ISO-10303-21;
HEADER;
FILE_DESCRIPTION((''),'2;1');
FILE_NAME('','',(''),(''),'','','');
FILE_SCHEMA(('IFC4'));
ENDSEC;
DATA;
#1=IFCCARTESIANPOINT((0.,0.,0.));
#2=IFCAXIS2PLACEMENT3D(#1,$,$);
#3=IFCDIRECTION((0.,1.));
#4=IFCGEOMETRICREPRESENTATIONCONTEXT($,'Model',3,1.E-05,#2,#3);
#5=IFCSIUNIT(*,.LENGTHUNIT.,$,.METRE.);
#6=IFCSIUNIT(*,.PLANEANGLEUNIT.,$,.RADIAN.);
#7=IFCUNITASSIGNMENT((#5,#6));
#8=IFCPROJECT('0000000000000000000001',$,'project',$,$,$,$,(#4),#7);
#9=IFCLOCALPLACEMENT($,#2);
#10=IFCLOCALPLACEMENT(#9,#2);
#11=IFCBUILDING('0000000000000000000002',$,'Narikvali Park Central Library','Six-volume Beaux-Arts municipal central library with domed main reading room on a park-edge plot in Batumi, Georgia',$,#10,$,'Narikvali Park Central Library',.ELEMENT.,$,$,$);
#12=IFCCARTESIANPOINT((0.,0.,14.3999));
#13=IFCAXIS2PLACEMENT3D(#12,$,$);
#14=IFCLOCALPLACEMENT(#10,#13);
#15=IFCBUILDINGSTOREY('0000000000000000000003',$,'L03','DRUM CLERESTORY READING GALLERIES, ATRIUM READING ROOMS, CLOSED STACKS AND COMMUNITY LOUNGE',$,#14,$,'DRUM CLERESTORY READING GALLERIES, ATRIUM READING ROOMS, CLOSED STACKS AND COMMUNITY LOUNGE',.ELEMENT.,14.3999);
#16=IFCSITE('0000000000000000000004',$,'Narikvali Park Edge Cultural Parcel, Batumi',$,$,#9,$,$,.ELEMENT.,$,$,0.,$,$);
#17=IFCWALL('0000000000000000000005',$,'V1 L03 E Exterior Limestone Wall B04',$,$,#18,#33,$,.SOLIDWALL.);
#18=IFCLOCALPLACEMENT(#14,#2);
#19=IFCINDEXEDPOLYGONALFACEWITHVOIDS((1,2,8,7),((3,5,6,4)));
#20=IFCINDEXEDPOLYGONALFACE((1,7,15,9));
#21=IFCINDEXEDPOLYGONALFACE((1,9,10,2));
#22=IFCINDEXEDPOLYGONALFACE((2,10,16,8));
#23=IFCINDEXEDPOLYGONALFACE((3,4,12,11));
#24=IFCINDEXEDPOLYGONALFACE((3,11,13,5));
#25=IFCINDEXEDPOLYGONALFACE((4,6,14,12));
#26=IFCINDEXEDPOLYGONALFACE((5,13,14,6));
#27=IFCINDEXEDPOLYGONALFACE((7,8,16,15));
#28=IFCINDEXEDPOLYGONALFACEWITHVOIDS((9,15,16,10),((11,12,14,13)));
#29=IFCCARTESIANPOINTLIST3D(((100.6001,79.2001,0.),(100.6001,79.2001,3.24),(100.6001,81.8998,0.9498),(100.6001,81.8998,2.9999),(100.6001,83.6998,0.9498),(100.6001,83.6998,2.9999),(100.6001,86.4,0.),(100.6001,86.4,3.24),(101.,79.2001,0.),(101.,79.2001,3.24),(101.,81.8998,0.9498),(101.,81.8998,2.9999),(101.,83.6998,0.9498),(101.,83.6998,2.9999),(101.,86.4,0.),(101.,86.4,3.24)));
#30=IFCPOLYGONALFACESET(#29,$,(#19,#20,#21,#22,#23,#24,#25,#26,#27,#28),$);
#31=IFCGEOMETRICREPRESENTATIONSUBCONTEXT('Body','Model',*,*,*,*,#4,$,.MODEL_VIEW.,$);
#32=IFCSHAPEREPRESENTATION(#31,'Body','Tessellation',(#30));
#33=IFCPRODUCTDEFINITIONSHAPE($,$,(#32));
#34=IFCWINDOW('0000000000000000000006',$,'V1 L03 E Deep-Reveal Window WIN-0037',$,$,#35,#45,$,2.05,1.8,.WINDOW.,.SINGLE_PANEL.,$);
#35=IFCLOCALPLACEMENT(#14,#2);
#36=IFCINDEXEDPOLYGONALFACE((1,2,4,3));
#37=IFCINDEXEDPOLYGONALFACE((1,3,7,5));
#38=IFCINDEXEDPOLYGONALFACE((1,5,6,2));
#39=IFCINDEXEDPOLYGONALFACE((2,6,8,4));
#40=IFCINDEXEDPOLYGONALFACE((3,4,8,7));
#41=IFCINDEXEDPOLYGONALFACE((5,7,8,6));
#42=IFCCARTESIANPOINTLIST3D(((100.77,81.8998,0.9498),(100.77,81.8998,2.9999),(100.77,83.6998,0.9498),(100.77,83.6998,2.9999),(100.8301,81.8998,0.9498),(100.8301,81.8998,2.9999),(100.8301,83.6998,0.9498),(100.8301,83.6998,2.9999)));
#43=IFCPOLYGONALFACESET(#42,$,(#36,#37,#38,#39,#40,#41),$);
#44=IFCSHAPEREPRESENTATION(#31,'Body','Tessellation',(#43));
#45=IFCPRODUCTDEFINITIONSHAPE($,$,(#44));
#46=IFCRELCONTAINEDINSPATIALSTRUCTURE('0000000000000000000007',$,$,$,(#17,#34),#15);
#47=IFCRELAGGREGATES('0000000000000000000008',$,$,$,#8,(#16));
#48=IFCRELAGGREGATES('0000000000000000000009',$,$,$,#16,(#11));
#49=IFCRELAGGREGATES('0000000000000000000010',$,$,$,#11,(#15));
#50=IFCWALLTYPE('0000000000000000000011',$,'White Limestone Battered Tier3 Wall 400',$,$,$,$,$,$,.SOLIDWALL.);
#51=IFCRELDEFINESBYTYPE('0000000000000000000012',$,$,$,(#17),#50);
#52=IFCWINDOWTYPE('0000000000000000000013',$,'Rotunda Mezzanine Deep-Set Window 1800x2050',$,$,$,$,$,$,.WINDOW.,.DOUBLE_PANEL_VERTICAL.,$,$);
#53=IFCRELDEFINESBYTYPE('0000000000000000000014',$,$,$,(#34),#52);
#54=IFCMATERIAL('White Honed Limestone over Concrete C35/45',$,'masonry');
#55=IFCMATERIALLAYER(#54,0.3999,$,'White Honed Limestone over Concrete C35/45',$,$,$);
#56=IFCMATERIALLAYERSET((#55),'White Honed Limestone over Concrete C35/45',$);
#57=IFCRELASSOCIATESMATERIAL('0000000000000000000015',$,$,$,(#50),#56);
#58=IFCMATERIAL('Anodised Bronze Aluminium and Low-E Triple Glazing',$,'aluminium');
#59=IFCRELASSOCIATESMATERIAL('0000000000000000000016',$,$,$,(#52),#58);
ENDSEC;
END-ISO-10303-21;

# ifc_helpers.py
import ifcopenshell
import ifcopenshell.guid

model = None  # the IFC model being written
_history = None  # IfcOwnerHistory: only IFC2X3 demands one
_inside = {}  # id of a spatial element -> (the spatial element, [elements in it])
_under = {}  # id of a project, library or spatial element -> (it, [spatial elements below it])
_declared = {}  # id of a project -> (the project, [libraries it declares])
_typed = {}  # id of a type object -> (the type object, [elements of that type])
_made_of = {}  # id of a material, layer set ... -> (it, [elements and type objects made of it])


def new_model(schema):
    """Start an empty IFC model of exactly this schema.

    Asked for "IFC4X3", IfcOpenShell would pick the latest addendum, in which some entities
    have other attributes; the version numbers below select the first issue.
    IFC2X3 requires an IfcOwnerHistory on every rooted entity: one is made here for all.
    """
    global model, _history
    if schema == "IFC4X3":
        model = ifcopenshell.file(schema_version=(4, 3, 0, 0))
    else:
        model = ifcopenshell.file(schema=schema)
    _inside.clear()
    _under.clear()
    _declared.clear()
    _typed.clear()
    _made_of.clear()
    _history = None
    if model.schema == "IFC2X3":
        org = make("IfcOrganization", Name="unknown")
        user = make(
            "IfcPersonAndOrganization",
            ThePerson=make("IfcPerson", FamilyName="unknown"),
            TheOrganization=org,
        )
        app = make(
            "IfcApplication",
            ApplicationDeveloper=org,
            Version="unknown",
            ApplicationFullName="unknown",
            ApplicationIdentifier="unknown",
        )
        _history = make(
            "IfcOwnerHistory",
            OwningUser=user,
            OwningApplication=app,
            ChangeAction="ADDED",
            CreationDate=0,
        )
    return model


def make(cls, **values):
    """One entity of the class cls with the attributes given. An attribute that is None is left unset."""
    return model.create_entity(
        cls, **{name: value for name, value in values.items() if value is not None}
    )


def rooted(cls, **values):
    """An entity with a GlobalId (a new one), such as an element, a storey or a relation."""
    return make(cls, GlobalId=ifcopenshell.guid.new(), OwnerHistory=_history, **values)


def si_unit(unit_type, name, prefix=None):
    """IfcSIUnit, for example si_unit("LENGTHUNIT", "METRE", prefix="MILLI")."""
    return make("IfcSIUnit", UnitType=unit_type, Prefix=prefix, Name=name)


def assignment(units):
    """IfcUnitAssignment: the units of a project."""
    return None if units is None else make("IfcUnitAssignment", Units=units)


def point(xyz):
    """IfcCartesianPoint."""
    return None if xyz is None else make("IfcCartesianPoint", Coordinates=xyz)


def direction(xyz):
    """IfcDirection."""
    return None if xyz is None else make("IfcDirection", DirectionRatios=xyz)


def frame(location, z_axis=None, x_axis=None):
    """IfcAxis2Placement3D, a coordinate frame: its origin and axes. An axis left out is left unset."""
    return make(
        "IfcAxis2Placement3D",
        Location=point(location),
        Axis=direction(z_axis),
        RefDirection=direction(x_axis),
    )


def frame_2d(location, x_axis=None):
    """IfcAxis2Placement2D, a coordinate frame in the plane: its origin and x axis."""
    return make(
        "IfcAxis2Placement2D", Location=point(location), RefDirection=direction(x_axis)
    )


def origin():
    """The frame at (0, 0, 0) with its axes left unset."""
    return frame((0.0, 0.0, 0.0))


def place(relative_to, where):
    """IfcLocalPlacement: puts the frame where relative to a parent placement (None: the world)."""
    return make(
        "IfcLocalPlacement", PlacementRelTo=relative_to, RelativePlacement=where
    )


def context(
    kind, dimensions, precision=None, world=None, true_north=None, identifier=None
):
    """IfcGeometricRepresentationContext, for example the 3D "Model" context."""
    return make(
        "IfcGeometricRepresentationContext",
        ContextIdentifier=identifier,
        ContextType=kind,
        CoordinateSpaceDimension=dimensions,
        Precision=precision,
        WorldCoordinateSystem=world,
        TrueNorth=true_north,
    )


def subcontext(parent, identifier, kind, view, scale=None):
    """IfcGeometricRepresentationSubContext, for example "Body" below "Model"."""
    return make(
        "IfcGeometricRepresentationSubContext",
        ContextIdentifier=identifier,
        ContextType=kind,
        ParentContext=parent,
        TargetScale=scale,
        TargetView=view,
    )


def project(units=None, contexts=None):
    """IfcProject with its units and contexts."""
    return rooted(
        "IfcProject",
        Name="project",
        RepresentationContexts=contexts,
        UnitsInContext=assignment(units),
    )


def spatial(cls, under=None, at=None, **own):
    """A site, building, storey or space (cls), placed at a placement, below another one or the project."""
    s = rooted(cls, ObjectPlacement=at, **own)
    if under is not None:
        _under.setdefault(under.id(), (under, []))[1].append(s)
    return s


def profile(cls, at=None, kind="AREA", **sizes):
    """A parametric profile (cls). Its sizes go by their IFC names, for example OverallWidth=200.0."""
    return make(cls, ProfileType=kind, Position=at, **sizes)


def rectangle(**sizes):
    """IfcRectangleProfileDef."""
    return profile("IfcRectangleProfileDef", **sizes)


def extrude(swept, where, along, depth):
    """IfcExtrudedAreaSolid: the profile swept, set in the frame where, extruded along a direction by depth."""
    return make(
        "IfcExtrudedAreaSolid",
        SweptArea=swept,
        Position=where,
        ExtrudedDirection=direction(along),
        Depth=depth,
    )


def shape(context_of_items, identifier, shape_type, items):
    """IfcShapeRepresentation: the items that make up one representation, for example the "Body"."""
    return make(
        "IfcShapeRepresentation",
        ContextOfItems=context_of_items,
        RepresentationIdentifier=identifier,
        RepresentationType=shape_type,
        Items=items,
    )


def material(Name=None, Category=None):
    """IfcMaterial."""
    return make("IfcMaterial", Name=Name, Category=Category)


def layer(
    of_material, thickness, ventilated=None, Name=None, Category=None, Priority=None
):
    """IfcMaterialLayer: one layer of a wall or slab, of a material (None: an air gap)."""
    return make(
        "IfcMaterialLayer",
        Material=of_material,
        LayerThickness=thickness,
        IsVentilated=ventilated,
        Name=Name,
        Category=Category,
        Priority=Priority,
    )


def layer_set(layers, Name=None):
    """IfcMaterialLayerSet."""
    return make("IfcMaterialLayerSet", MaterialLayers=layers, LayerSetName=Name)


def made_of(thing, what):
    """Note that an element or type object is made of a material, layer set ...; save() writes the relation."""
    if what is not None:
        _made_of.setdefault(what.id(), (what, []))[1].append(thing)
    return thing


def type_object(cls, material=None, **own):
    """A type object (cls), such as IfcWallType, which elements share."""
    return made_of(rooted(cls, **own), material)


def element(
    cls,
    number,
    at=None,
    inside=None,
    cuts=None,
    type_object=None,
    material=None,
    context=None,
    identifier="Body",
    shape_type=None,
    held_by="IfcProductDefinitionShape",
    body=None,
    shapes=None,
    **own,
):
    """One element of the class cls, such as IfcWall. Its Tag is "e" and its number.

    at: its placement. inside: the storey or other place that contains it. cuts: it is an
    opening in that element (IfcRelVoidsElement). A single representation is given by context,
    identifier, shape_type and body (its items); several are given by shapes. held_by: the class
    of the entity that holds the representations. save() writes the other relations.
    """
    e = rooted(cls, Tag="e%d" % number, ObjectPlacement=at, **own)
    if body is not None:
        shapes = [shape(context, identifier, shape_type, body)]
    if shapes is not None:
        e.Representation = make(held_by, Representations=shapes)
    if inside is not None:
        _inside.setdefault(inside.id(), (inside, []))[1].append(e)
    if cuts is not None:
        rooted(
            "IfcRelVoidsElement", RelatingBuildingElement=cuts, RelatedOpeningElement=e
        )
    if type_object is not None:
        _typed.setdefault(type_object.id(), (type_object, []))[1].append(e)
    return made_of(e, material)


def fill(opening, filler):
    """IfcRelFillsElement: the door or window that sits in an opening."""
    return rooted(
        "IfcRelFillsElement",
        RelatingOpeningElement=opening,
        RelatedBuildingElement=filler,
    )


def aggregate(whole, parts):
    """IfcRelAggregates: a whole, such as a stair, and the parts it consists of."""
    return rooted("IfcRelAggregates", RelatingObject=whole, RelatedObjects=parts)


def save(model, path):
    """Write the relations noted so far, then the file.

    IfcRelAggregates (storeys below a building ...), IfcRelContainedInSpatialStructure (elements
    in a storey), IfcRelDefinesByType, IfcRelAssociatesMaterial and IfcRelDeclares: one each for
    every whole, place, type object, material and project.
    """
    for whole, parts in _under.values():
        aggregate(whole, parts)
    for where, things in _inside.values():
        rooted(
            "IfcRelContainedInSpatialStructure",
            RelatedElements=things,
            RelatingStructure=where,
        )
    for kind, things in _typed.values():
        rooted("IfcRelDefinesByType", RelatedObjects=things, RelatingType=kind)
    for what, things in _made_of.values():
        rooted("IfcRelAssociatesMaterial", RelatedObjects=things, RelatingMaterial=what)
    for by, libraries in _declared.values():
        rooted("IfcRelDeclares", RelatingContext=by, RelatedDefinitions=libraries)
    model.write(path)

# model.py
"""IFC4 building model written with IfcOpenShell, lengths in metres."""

from ifc_helpers import new_model, si_unit, direction, frame, frame_2d, origin, place, context, subcontext, project, spatial, rectangle, extrude, material, layer, layer_set, type_object, element, fill, save


model = new_model("IFC4")

# Units and contexts
model_context = context("Model", 3, precision=1e-05, world=origin(), true_north=direction((0.0, 1.0)))
body_context = subcontext(model_context, "Body", "Model", "MODEL_VIEW")
ifc_project = project(units=[si_unit("LENGTHUNIT", "METRE"), si_unit("PLANEANGLEUNIT", "RADIAN")], contexts=[model_context])

# Site, building, storey
site_placement = place(None, origin())
site = spatial("IfcSite", under=ifc_project, at=site_placement, Name="Narikvali Park Edge Cultural Parcel, Batumi", CompositionType="ELEMENT", RefElevation=0.0)
building_placement = place(site_placement, origin())
building = spatial("IfcBuilding", under=site, at=building_placement, Name="Narikvali Park Central Library", Description="Six-volume Beaux-Arts municipal central library with domed main reading room on a park-edge plot in Batumi, Georgia", LongName="Narikvali Park Central Library", CompositionType="ELEMENT")
storey_placement = place(building_placement, frame((0.0, 0.0, 14.3999)))
storey = spatial("IfcBuildingStorey", under=building, at=storey_placement, Name="L03", Description="DRUM CLERESTORY READING GALLERIES, ATRIUM READING ROOMS, CLOSED STACKS AND COMMUNITY LOUNGE", LongName="DRUM CLERESTORY READING GALLERIES, ATRIUM READING ROOMS, CLOSED STACKS AND COMMUNITY LOUNGE", CompositionType="ELEMENT", Elevation=14.3999)

# Wall, opening, window
ifc_material_1 = material(Name="White Honed Limestone over Concrete C35/45", Category="masonry")
ifc_layer_1 = layer(ifc_material_1, 0.3999, Name="White Honed Limestone over Concrete C35/45")
ifc_layer_set_1 = layer_set([ifc_layer_1], Name="White Honed Limestone over Concrete C35/45")
wall_type_1 = type_object("IfcWallType", Name="White Limestone Battered Tier3 Wall 400", PredefinedType="SOLIDWALL", material=ifc_layer_set_1)
wall_1_placement = place(storey_placement, frame((100.8, 79.2, 0.0), z_axis=(0.0, 0.0, 1.0), x_axis=(0.0, 1.0, 0.0)))
wall_1 = element("IfcWall", 1, at=wall_1_placement, inside=storey, type_object=wall_type_1, Name="V1 L03 E Exterior Limestone Wall B04", PredefinedType="SOLIDWALL", context=body_context, shape_type="SweptSolid", body=[
    extrude(rectangle(XDim=7.2, YDim=0.3999, at=frame_2d((3.6001, 0.0))), origin(), (0.0, 0.0, 1.0), 3.24),
])
opening_placement = place(wall_1_placement, frame((2.7, 0.0, 0.95)))
opening = element("IfcOpeningElement", 2, at=opening_placement, cuts=wall_1, PredefinedType="OPENING", context=body_context, shape_type="SweptSolid", body=[
    extrude(rectangle(XDim=1.8, YDim=2.05, at=frame_2d((0.8999, 1.0249))), frame((0.0, 0.2119, 0.0), z_axis=(0.0, -1.0, 0.0), x_axis=(1.0, 0.0, 0.0)), (0.0, 0.0, 1.0), 0.4238),
])
ifc_material_2 = material(Name="Anodised Bronze Aluminium and Low-E Triple Glazing", Category="aluminium")
window_type = type_object("IfcWindowType", Name="Rotunda Mezzanine Deep-Set Window 1800x2050", PartitioningType="DOUBLE_PANEL_VERTICAL", PredefinedType="WINDOW", material=ifc_material_2)
window_placement = place(opening_placement, origin())
window = element("IfcWindow", 3, at=window_placement, inside=storey, type_object=window_type, Name="V1 L03 E Deep-Reveal Window WIN-0037", OverallHeight=2.05, OverallWidth=1.8, PartitioningType="SINGLE_PANEL", PredefinedType="WINDOW", context=body_context, shape_type="SweptSolid", body=[
    extrude(rectangle(XDim=1.8, YDim=2.05, at=frame_2d((0.8999, 1.0249))), frame((0.0, 0.03, 0.0), z_axis=(0.0, -1.0, 0.0), x_axis=(1.0, 0.0, 0.0)), (0.0, 0.0, 1.0), 0.0601),
])
fill(opening, window)

save(model, "model.ifc")
